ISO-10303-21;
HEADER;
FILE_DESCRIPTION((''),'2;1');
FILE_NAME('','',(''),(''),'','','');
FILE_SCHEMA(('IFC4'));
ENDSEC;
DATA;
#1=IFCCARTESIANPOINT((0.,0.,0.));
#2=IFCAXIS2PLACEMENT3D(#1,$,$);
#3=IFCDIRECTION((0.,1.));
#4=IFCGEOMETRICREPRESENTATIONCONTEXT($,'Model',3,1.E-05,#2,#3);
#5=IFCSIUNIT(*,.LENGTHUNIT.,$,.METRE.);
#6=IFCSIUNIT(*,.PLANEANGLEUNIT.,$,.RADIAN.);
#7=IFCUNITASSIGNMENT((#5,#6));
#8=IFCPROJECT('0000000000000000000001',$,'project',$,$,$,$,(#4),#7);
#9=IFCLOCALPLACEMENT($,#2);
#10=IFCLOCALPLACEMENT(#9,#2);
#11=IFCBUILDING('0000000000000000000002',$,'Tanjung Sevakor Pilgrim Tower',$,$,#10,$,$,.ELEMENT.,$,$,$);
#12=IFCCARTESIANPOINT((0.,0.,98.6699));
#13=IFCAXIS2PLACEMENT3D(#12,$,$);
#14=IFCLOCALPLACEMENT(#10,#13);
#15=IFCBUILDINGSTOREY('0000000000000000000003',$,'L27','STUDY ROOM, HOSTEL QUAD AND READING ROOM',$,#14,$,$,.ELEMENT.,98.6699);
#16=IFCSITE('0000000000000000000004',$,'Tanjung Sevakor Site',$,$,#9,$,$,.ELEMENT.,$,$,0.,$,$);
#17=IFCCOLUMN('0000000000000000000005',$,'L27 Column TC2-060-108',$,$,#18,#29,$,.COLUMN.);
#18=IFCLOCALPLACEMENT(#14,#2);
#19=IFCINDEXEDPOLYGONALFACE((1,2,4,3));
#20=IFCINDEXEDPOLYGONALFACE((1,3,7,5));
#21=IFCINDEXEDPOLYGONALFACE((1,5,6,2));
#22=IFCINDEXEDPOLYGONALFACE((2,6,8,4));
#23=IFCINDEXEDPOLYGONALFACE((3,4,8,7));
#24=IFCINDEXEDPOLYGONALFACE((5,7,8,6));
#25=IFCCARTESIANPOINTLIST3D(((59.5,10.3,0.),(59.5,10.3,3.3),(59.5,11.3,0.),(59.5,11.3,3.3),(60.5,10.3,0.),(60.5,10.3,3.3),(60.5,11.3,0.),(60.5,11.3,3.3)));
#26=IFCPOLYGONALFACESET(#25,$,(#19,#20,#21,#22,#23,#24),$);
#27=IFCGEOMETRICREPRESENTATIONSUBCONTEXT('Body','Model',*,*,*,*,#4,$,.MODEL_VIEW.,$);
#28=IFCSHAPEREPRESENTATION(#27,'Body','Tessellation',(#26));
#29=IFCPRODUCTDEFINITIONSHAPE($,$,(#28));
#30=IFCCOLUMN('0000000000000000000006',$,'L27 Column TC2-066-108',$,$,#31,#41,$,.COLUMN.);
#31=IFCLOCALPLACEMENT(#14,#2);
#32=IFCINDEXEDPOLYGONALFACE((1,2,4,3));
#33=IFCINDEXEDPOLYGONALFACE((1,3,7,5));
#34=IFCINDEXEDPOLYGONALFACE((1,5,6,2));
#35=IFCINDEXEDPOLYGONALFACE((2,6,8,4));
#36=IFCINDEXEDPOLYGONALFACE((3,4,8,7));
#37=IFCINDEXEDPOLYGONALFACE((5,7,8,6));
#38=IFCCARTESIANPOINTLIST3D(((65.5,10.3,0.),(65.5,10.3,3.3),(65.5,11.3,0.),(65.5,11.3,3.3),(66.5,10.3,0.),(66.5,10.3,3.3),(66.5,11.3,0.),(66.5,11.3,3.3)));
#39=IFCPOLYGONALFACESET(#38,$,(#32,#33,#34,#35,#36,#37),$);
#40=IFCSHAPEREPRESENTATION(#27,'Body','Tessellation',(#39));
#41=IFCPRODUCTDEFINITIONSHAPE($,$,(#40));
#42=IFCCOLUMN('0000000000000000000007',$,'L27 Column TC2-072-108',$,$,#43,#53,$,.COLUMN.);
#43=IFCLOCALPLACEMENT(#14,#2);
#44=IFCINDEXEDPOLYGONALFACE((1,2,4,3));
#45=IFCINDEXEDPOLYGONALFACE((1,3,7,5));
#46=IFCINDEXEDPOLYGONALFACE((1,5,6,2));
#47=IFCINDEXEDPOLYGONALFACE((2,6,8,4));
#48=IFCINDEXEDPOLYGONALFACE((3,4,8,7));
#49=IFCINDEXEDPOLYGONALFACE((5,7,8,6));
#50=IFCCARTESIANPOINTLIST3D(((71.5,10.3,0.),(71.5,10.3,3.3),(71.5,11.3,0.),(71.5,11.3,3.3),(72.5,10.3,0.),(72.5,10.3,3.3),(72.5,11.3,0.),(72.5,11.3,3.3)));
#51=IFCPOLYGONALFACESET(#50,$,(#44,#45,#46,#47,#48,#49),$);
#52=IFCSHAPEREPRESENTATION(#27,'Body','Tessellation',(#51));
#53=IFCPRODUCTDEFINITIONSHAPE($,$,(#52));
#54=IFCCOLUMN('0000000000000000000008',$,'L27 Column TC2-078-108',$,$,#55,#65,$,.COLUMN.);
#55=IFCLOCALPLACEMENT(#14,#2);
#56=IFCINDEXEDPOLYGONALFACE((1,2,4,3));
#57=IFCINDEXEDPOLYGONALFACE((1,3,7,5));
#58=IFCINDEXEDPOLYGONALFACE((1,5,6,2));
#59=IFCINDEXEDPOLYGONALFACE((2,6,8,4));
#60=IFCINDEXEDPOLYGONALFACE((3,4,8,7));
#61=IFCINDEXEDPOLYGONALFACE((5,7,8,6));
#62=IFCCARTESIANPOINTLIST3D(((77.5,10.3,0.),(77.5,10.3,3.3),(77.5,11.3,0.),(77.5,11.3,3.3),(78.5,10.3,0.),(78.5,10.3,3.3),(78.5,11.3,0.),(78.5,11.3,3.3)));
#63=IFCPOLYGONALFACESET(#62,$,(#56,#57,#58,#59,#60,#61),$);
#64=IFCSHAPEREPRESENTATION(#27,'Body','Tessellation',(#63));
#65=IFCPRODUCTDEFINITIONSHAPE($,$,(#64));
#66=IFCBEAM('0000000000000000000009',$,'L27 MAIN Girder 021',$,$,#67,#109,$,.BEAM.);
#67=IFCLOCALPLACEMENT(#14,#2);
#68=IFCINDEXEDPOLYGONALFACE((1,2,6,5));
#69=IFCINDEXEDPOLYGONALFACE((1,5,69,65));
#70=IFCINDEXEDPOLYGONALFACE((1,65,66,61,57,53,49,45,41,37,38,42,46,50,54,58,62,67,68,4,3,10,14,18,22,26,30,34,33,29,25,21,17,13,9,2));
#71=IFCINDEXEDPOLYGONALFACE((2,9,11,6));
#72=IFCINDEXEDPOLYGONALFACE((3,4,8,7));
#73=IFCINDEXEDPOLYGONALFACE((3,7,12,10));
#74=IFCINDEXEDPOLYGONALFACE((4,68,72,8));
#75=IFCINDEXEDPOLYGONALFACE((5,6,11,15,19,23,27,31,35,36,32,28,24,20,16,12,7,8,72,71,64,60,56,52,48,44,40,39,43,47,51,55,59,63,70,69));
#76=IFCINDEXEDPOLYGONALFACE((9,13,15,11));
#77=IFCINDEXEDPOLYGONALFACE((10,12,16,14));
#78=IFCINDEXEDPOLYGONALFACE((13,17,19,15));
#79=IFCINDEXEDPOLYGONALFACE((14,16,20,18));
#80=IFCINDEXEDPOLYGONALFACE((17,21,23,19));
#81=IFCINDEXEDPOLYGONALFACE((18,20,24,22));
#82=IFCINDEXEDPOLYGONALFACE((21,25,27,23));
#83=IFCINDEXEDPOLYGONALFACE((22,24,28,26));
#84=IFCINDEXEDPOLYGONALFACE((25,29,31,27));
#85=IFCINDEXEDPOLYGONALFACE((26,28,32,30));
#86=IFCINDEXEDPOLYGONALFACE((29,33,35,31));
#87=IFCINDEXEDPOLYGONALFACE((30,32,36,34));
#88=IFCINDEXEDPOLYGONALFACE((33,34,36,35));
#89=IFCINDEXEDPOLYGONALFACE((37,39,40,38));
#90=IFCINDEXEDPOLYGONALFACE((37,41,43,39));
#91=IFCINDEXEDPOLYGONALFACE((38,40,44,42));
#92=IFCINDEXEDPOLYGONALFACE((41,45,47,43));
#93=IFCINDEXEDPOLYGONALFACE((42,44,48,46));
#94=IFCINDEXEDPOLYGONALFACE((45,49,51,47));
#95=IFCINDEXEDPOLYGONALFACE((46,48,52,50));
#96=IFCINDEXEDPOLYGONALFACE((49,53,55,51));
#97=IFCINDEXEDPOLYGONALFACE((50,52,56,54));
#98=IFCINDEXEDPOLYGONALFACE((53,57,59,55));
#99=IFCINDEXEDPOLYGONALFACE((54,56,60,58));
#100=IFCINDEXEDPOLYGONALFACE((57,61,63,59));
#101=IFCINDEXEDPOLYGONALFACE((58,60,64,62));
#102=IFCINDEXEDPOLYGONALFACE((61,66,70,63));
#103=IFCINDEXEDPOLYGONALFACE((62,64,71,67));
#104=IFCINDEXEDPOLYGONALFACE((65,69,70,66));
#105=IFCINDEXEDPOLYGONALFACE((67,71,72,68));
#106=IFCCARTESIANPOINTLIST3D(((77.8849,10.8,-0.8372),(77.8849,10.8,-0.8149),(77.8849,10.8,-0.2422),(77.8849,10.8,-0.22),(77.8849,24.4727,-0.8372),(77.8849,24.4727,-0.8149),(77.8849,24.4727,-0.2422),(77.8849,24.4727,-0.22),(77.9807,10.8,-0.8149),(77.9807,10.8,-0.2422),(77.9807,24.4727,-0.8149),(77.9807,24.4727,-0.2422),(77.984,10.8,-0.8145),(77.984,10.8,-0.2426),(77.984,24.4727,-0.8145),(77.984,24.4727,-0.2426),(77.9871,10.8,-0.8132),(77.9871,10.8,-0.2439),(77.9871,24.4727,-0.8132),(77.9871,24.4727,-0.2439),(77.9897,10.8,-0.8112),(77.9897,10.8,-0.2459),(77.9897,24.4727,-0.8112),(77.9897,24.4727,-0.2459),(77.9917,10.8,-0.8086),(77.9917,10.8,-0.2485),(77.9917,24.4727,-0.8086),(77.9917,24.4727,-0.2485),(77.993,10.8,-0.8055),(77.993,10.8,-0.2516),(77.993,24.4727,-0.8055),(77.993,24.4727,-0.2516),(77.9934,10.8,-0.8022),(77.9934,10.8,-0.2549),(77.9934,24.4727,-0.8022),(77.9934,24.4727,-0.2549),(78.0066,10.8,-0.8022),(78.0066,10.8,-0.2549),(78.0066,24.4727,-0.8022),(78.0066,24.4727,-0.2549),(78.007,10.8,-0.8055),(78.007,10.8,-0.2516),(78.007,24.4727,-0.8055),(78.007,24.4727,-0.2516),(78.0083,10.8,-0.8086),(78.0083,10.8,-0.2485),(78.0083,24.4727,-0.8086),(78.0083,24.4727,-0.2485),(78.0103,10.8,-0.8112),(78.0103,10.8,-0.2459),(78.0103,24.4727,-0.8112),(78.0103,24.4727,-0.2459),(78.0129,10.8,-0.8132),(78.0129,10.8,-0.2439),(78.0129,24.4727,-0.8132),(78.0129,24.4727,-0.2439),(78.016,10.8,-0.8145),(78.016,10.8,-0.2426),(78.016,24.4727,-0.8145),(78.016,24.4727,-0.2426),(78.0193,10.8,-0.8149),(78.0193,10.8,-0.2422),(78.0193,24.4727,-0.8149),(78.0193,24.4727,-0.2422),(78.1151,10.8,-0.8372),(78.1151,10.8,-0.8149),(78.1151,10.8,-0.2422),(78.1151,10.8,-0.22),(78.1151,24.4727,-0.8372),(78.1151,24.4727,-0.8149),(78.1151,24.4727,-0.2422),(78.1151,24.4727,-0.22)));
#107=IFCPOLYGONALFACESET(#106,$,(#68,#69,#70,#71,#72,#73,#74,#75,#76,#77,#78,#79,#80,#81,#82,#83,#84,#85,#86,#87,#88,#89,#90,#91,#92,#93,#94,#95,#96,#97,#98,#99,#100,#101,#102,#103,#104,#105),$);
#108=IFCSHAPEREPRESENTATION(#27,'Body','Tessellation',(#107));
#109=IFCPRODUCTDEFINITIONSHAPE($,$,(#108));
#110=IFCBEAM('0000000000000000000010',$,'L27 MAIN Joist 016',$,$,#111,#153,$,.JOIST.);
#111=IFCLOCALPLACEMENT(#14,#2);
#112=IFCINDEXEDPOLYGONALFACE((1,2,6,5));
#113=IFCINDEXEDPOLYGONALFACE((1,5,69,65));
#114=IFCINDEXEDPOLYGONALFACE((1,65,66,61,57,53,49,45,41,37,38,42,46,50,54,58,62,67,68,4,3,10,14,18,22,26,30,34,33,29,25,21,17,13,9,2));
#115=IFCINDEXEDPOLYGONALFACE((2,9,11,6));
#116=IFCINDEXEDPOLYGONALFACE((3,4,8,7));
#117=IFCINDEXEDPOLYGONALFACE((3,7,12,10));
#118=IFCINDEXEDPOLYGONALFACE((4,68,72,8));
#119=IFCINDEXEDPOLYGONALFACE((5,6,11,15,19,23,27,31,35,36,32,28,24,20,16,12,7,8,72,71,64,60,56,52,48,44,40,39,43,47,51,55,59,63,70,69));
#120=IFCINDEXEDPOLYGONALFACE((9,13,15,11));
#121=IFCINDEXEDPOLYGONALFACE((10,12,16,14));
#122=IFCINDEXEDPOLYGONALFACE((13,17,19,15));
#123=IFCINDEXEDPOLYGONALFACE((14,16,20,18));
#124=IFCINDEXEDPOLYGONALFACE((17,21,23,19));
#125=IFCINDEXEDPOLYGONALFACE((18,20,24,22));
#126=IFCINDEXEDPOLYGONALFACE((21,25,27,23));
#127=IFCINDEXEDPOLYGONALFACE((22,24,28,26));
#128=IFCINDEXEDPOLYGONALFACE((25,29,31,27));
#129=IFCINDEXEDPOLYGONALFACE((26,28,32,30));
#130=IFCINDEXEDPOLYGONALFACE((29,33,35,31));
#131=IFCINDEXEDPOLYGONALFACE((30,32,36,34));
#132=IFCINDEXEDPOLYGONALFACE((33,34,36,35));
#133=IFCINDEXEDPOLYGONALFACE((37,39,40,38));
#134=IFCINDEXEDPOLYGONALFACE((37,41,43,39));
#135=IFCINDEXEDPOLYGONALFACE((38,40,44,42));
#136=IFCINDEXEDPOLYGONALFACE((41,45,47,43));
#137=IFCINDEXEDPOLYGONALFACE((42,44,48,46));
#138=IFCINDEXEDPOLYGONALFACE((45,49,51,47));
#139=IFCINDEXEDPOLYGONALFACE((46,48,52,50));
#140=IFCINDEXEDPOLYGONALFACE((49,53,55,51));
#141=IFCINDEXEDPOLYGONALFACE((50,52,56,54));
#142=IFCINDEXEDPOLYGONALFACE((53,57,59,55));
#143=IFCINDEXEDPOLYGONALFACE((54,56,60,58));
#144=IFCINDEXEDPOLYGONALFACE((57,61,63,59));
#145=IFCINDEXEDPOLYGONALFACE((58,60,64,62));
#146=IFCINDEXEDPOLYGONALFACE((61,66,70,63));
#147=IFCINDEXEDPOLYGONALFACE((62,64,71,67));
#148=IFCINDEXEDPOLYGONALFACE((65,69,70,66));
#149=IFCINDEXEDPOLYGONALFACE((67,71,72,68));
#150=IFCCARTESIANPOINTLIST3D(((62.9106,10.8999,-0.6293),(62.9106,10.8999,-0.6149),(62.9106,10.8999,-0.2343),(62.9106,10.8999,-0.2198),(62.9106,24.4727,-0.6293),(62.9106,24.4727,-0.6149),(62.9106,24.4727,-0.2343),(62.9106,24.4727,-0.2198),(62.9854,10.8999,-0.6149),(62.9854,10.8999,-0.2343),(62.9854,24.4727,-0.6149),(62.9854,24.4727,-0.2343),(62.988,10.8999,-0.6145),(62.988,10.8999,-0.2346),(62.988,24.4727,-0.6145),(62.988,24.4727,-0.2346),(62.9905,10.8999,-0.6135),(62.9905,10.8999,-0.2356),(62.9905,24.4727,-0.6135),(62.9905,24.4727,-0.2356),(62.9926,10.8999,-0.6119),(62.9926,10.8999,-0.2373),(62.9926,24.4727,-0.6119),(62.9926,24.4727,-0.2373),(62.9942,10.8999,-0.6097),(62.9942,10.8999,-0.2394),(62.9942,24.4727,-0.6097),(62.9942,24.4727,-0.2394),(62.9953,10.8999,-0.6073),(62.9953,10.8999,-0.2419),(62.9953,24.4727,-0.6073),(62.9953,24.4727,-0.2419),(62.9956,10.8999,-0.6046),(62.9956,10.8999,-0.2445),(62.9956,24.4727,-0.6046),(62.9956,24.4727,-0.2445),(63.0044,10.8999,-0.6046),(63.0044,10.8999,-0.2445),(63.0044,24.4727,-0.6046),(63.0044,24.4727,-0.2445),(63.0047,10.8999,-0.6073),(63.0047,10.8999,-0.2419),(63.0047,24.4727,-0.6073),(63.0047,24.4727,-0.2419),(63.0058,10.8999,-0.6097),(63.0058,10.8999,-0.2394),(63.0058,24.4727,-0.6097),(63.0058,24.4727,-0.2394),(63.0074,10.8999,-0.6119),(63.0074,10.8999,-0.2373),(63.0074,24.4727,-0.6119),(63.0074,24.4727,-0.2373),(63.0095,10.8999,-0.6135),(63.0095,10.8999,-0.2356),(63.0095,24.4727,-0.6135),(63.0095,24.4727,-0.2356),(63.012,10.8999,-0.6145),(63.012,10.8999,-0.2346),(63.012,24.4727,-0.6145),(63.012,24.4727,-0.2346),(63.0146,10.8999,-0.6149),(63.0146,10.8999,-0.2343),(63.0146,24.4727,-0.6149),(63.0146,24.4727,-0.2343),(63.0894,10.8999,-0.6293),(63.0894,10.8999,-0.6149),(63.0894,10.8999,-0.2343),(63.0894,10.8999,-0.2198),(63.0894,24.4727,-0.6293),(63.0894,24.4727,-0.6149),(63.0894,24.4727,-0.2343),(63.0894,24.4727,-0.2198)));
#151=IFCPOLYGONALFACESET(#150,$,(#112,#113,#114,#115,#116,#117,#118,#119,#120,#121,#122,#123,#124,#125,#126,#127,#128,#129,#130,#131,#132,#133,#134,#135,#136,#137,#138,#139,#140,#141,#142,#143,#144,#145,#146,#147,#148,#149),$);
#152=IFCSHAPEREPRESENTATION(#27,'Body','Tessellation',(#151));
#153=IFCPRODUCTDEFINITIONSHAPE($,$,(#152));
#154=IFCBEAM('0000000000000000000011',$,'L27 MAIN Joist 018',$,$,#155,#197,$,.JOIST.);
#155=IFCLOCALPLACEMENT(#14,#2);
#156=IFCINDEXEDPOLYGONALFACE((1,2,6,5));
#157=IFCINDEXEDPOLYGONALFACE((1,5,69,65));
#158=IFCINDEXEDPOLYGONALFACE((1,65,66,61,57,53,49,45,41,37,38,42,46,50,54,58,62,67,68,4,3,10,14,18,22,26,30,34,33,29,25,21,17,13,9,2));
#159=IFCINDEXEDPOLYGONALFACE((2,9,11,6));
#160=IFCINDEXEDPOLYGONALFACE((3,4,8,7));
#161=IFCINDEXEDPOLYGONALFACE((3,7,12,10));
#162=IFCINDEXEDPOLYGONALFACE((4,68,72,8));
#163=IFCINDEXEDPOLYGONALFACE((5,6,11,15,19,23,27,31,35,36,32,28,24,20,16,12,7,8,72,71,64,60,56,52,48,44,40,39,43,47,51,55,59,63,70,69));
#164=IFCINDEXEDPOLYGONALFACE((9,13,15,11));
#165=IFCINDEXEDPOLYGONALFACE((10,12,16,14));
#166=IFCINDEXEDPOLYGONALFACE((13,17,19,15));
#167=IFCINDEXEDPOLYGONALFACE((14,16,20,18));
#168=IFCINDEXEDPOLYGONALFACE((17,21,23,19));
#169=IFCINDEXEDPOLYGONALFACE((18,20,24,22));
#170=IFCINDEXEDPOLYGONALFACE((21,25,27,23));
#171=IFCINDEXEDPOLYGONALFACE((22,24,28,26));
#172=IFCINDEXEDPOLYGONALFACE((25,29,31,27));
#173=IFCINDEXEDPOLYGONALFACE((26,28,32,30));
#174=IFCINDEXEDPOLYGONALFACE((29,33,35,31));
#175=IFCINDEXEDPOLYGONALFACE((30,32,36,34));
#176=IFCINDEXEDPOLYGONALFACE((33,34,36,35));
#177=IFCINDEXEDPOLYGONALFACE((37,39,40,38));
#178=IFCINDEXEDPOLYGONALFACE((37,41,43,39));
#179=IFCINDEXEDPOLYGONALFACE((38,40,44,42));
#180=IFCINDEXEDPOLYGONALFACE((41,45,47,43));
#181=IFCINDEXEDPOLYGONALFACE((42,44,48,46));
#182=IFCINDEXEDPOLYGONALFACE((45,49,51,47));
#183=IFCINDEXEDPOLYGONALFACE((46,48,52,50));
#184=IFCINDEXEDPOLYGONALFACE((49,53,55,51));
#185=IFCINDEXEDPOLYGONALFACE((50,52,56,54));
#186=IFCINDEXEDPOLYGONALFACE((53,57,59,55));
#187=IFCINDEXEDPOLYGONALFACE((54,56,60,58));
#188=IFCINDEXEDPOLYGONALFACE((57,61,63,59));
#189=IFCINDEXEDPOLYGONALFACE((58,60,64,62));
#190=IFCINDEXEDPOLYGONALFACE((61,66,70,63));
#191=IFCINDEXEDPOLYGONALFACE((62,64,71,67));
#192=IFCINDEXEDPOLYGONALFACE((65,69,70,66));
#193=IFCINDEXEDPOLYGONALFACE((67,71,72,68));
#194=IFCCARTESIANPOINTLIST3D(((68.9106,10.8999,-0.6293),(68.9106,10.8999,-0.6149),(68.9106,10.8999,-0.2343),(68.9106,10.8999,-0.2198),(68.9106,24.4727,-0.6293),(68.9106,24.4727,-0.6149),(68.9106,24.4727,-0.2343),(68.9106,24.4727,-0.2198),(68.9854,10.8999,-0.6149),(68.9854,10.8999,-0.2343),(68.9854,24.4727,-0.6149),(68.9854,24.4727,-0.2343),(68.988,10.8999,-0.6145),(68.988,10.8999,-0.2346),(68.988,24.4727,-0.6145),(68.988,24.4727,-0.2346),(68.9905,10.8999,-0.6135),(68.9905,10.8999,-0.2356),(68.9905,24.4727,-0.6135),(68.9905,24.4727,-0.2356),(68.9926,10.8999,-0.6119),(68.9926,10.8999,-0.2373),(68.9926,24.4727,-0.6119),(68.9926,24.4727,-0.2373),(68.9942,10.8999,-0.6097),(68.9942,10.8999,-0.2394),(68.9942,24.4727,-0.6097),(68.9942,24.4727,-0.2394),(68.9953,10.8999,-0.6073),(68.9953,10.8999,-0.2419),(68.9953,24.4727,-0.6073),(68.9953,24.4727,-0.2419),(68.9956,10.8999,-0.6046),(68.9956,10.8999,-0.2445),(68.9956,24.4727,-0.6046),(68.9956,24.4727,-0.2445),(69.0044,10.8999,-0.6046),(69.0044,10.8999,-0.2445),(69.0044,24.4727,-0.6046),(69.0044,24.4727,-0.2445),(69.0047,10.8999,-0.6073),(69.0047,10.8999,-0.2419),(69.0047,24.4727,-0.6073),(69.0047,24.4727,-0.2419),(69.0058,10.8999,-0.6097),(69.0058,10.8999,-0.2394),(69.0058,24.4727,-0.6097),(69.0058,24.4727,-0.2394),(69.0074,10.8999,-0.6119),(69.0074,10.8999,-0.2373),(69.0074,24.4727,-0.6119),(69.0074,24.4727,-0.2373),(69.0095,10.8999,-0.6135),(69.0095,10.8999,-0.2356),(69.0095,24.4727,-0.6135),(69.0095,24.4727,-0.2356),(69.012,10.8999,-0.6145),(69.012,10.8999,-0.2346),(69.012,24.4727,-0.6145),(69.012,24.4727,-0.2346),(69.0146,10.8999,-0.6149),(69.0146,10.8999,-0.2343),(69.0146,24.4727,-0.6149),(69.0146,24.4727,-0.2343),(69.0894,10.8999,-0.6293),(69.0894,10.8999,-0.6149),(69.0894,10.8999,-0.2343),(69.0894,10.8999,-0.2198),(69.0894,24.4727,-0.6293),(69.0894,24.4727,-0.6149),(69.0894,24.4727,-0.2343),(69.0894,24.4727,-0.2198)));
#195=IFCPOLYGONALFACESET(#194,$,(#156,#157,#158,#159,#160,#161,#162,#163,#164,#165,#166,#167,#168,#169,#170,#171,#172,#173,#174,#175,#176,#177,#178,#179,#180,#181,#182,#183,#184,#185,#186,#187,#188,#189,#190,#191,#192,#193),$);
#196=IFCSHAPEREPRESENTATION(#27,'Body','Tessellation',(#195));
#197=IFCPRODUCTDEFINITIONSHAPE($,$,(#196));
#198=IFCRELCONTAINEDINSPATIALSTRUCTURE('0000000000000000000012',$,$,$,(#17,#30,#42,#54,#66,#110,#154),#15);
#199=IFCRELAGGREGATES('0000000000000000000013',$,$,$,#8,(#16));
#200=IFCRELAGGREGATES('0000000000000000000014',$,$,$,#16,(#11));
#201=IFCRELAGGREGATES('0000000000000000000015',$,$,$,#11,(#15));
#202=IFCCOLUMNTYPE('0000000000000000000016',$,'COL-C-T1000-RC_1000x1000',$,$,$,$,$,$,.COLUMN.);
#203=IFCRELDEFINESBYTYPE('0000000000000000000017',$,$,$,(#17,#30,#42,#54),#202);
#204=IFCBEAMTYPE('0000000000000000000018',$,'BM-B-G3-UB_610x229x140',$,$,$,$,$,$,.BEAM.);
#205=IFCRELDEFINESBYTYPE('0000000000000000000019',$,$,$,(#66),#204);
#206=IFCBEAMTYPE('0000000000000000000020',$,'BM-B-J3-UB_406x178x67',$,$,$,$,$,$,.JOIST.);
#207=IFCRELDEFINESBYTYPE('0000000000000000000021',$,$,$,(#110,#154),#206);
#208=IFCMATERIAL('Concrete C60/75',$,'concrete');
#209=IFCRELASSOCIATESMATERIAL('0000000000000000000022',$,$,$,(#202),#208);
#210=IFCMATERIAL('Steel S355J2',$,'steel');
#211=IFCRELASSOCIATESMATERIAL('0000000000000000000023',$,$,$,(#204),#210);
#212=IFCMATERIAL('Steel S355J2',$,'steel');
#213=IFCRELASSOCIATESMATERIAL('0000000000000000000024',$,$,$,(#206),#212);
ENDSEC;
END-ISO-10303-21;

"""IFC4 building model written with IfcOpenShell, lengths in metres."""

from ifc_helpers import new_model, si_unit, direction, frame, origin, origin_2d, place, context, subcontext, project, spatial, rectangle, i_section, extrude, material, material_profile, profile_set, type_object, element, save


model = new_model("IFC4")

# Units and contexts
model_context = context("Model", 3, precision=1e-05, world=origin(), true_north=direction((0.0, 1.0)))
body_context = subcontext(model_context, "Body", "Model", "MODEL_VIEW")
ifc_project = project(units=[si_unit("LENGTHUNIT", "METRE"), si_unit("PLANEANGLEUNIT", "RADIAN")], contexts=[model_context])

# Site, building, storey
site_placement = place(None, origin())
site = spatial("IfcSite", under=ifc_project, at=site_placement, Name="Tanjung Sevakor Site", CompositionType="ELEMENT", RefElevation=0.0)
building_placement = place(site_placement, origin())
building = spatial("IfcBuilding", under=site, at=building_placement, Name="Tanjung Sevakor Pilgrim Tower", CompositionType="ELEMENT")
storey_placement = place(building_placement, frame((0.0, 0.0, 98.6699)))
storey = spatial("IfcBuildingStorey", under=building, at=storey_placement, Name="L27", Description="STUDY ROOM, HOSTEL QUAD AND READING ROOM", CompositionType="ELEMENT", Elevation=98.6699)

# Columns
ifc_material_1 = material(Name="Concrete C60/75", Category="concrete")
ifc_material_profile_1 = material_profile(ifc_material_1, rectangle(XDim=1.0, YDim=1.0, at=origin_2d()))
ifc_profile_set_1 = profile_set([ifc_material_profile_1], Name="Concrete C60/75")
column_type = type_object("IfcColumnType", Name="COL-C-T1000-RC_1000x1000", PredefinedType="COLUMN", material=ifc_profile_set_1)
for number, where, z_axis, x_axis, name in (
    (1, (60.0, 10.8, 0.0), (0.0, 0.0, 1.0), (1.0, 0.0, 0.0), "L27 Column TC2-060-108"),
    (2, (66.0, 10.8, 0.0), (0.0, 0.0, 1.0), (1.0, 0.0, 0.0), "L27 Column TC2-066-108"),
    (3, (72.0, 10.8, 0.0), (0.0, 0.0, 1.0), (1.0, 0.0, 0.0), "L27 Column TC2-072-108"),
    (4, (78.0, 10.8, 0.0), (0.0, 0.0, 1.0), (1.0, 0.0, 0.0), "L27 Column TC2-078-108"),
):
    element("IfcColumn", number, at=place(storey_placement, frame(where, z_axis=z_axis, x_axis=x_axis)), inside=storey, type_object=column_type, Name=name, PredefinedType="COLUMN", context=body_context, shape_type="SweptSolid", body=[
        extrude(rectangle(XDim=1.0, YDim=1.0, at=origin_2d()), origin(), (0.0, 0.0, 1.0), 3.3),
    ])

# Beams
ifc_material_2 = material(Name="Steel S355J2", Category="steel")
ifc_material_profile_2 = material_profile(ifc_material_2, i_section(OverallWidth=0.2302, OverallDepth=0.6172, WebThickness=0.0132, FlangeThickness=0.0222, FilletRadius=0.0127, at=origin_2d()))
ifc_profile_set_2 = profile_set([ifc_material_profile_2], Name="Steel S355J2")
beam_type_1 = type_object("IfcBeamType", Name="BM-B-G3-UB_610x229x140", PredefinedType="BEAM", material=ifc_profile_set_2)
beam_1_placement = place(storey_placement, frame((78.0, 10.8, -0.5286), z_axis=(0.0, 1.0, 0.0), x_axis=(-1.0, 0.0, 0.0)))
element("IfcBeam", 5, at=beam_1_placement, inside=storey, type_object=beam_type_1, Name="L27 MAIN Girder 021", PredefinedType="BEAM", context=body_context, shape_type="SweptSolid", body=[
    extrude(i_section(OverallWidth=0.2302, OverallDepth=0.6172, WebThickness=0.0132, FlangeThickness=0.0222, FilletRadius=0.0127, at=origin_2d()), origin(), (0.0, 0.0, 1.0), 13.6726),
])
ifc_material_3 = material(Name="Steel S355J2", Category="steel")
ifc_material_profile_3 = material_profile(ifc_material_3, i_section(OverallWidth=0.1787, OverallDepth=0.4094, WebThickness=0.0088, FlangeThickness=0.0144, FilletRadius=0.0103, at=origin_2d()))
ifc_profile_set_3 = profile_set([ifc_material_profile_3], Name="Steel S355J2")
beam_type_2 = type_object("IfcBeamType", Name="BM-B-J3-UB_406x178x67", PredefinedType="JOIST", material=ifc_profile_set_3)
for number, where, z_axis, x_axis, name in (
    (6, (63.0, 10.8999, -0.4246), (0.0, 1.0, 0.0), (-1.0, 0.0, 0.0), "L27 MAIN Joist 016"),
    (7, (69.0, 10.8999, -0.4246), (0.0, 1.0, 0.0), (-1.0, 0.0, 0.0), "L27 MAIN Joist 018"),
):
    element("IfcBeam", number, at=place(storey_placement, frame(where, z_axis=z_axis, x_axis=x_axis)), inside=storey, type_object=beam_type_2, Name=name, PredefinedType="JOIST", context=body_context, shape_type="SweptSolid", body=[
        extrude(i_section(OverallWidth=0.1787, OverallDepth=0.4094, WebThickness=0.0088, FlangeThickness=0.0144, FilletRadius=0.0103, at=origin_2d()), origin(), (0.0, 0.0, 1.0), 13.5728),
    ])

save(model, "model.ifc")
